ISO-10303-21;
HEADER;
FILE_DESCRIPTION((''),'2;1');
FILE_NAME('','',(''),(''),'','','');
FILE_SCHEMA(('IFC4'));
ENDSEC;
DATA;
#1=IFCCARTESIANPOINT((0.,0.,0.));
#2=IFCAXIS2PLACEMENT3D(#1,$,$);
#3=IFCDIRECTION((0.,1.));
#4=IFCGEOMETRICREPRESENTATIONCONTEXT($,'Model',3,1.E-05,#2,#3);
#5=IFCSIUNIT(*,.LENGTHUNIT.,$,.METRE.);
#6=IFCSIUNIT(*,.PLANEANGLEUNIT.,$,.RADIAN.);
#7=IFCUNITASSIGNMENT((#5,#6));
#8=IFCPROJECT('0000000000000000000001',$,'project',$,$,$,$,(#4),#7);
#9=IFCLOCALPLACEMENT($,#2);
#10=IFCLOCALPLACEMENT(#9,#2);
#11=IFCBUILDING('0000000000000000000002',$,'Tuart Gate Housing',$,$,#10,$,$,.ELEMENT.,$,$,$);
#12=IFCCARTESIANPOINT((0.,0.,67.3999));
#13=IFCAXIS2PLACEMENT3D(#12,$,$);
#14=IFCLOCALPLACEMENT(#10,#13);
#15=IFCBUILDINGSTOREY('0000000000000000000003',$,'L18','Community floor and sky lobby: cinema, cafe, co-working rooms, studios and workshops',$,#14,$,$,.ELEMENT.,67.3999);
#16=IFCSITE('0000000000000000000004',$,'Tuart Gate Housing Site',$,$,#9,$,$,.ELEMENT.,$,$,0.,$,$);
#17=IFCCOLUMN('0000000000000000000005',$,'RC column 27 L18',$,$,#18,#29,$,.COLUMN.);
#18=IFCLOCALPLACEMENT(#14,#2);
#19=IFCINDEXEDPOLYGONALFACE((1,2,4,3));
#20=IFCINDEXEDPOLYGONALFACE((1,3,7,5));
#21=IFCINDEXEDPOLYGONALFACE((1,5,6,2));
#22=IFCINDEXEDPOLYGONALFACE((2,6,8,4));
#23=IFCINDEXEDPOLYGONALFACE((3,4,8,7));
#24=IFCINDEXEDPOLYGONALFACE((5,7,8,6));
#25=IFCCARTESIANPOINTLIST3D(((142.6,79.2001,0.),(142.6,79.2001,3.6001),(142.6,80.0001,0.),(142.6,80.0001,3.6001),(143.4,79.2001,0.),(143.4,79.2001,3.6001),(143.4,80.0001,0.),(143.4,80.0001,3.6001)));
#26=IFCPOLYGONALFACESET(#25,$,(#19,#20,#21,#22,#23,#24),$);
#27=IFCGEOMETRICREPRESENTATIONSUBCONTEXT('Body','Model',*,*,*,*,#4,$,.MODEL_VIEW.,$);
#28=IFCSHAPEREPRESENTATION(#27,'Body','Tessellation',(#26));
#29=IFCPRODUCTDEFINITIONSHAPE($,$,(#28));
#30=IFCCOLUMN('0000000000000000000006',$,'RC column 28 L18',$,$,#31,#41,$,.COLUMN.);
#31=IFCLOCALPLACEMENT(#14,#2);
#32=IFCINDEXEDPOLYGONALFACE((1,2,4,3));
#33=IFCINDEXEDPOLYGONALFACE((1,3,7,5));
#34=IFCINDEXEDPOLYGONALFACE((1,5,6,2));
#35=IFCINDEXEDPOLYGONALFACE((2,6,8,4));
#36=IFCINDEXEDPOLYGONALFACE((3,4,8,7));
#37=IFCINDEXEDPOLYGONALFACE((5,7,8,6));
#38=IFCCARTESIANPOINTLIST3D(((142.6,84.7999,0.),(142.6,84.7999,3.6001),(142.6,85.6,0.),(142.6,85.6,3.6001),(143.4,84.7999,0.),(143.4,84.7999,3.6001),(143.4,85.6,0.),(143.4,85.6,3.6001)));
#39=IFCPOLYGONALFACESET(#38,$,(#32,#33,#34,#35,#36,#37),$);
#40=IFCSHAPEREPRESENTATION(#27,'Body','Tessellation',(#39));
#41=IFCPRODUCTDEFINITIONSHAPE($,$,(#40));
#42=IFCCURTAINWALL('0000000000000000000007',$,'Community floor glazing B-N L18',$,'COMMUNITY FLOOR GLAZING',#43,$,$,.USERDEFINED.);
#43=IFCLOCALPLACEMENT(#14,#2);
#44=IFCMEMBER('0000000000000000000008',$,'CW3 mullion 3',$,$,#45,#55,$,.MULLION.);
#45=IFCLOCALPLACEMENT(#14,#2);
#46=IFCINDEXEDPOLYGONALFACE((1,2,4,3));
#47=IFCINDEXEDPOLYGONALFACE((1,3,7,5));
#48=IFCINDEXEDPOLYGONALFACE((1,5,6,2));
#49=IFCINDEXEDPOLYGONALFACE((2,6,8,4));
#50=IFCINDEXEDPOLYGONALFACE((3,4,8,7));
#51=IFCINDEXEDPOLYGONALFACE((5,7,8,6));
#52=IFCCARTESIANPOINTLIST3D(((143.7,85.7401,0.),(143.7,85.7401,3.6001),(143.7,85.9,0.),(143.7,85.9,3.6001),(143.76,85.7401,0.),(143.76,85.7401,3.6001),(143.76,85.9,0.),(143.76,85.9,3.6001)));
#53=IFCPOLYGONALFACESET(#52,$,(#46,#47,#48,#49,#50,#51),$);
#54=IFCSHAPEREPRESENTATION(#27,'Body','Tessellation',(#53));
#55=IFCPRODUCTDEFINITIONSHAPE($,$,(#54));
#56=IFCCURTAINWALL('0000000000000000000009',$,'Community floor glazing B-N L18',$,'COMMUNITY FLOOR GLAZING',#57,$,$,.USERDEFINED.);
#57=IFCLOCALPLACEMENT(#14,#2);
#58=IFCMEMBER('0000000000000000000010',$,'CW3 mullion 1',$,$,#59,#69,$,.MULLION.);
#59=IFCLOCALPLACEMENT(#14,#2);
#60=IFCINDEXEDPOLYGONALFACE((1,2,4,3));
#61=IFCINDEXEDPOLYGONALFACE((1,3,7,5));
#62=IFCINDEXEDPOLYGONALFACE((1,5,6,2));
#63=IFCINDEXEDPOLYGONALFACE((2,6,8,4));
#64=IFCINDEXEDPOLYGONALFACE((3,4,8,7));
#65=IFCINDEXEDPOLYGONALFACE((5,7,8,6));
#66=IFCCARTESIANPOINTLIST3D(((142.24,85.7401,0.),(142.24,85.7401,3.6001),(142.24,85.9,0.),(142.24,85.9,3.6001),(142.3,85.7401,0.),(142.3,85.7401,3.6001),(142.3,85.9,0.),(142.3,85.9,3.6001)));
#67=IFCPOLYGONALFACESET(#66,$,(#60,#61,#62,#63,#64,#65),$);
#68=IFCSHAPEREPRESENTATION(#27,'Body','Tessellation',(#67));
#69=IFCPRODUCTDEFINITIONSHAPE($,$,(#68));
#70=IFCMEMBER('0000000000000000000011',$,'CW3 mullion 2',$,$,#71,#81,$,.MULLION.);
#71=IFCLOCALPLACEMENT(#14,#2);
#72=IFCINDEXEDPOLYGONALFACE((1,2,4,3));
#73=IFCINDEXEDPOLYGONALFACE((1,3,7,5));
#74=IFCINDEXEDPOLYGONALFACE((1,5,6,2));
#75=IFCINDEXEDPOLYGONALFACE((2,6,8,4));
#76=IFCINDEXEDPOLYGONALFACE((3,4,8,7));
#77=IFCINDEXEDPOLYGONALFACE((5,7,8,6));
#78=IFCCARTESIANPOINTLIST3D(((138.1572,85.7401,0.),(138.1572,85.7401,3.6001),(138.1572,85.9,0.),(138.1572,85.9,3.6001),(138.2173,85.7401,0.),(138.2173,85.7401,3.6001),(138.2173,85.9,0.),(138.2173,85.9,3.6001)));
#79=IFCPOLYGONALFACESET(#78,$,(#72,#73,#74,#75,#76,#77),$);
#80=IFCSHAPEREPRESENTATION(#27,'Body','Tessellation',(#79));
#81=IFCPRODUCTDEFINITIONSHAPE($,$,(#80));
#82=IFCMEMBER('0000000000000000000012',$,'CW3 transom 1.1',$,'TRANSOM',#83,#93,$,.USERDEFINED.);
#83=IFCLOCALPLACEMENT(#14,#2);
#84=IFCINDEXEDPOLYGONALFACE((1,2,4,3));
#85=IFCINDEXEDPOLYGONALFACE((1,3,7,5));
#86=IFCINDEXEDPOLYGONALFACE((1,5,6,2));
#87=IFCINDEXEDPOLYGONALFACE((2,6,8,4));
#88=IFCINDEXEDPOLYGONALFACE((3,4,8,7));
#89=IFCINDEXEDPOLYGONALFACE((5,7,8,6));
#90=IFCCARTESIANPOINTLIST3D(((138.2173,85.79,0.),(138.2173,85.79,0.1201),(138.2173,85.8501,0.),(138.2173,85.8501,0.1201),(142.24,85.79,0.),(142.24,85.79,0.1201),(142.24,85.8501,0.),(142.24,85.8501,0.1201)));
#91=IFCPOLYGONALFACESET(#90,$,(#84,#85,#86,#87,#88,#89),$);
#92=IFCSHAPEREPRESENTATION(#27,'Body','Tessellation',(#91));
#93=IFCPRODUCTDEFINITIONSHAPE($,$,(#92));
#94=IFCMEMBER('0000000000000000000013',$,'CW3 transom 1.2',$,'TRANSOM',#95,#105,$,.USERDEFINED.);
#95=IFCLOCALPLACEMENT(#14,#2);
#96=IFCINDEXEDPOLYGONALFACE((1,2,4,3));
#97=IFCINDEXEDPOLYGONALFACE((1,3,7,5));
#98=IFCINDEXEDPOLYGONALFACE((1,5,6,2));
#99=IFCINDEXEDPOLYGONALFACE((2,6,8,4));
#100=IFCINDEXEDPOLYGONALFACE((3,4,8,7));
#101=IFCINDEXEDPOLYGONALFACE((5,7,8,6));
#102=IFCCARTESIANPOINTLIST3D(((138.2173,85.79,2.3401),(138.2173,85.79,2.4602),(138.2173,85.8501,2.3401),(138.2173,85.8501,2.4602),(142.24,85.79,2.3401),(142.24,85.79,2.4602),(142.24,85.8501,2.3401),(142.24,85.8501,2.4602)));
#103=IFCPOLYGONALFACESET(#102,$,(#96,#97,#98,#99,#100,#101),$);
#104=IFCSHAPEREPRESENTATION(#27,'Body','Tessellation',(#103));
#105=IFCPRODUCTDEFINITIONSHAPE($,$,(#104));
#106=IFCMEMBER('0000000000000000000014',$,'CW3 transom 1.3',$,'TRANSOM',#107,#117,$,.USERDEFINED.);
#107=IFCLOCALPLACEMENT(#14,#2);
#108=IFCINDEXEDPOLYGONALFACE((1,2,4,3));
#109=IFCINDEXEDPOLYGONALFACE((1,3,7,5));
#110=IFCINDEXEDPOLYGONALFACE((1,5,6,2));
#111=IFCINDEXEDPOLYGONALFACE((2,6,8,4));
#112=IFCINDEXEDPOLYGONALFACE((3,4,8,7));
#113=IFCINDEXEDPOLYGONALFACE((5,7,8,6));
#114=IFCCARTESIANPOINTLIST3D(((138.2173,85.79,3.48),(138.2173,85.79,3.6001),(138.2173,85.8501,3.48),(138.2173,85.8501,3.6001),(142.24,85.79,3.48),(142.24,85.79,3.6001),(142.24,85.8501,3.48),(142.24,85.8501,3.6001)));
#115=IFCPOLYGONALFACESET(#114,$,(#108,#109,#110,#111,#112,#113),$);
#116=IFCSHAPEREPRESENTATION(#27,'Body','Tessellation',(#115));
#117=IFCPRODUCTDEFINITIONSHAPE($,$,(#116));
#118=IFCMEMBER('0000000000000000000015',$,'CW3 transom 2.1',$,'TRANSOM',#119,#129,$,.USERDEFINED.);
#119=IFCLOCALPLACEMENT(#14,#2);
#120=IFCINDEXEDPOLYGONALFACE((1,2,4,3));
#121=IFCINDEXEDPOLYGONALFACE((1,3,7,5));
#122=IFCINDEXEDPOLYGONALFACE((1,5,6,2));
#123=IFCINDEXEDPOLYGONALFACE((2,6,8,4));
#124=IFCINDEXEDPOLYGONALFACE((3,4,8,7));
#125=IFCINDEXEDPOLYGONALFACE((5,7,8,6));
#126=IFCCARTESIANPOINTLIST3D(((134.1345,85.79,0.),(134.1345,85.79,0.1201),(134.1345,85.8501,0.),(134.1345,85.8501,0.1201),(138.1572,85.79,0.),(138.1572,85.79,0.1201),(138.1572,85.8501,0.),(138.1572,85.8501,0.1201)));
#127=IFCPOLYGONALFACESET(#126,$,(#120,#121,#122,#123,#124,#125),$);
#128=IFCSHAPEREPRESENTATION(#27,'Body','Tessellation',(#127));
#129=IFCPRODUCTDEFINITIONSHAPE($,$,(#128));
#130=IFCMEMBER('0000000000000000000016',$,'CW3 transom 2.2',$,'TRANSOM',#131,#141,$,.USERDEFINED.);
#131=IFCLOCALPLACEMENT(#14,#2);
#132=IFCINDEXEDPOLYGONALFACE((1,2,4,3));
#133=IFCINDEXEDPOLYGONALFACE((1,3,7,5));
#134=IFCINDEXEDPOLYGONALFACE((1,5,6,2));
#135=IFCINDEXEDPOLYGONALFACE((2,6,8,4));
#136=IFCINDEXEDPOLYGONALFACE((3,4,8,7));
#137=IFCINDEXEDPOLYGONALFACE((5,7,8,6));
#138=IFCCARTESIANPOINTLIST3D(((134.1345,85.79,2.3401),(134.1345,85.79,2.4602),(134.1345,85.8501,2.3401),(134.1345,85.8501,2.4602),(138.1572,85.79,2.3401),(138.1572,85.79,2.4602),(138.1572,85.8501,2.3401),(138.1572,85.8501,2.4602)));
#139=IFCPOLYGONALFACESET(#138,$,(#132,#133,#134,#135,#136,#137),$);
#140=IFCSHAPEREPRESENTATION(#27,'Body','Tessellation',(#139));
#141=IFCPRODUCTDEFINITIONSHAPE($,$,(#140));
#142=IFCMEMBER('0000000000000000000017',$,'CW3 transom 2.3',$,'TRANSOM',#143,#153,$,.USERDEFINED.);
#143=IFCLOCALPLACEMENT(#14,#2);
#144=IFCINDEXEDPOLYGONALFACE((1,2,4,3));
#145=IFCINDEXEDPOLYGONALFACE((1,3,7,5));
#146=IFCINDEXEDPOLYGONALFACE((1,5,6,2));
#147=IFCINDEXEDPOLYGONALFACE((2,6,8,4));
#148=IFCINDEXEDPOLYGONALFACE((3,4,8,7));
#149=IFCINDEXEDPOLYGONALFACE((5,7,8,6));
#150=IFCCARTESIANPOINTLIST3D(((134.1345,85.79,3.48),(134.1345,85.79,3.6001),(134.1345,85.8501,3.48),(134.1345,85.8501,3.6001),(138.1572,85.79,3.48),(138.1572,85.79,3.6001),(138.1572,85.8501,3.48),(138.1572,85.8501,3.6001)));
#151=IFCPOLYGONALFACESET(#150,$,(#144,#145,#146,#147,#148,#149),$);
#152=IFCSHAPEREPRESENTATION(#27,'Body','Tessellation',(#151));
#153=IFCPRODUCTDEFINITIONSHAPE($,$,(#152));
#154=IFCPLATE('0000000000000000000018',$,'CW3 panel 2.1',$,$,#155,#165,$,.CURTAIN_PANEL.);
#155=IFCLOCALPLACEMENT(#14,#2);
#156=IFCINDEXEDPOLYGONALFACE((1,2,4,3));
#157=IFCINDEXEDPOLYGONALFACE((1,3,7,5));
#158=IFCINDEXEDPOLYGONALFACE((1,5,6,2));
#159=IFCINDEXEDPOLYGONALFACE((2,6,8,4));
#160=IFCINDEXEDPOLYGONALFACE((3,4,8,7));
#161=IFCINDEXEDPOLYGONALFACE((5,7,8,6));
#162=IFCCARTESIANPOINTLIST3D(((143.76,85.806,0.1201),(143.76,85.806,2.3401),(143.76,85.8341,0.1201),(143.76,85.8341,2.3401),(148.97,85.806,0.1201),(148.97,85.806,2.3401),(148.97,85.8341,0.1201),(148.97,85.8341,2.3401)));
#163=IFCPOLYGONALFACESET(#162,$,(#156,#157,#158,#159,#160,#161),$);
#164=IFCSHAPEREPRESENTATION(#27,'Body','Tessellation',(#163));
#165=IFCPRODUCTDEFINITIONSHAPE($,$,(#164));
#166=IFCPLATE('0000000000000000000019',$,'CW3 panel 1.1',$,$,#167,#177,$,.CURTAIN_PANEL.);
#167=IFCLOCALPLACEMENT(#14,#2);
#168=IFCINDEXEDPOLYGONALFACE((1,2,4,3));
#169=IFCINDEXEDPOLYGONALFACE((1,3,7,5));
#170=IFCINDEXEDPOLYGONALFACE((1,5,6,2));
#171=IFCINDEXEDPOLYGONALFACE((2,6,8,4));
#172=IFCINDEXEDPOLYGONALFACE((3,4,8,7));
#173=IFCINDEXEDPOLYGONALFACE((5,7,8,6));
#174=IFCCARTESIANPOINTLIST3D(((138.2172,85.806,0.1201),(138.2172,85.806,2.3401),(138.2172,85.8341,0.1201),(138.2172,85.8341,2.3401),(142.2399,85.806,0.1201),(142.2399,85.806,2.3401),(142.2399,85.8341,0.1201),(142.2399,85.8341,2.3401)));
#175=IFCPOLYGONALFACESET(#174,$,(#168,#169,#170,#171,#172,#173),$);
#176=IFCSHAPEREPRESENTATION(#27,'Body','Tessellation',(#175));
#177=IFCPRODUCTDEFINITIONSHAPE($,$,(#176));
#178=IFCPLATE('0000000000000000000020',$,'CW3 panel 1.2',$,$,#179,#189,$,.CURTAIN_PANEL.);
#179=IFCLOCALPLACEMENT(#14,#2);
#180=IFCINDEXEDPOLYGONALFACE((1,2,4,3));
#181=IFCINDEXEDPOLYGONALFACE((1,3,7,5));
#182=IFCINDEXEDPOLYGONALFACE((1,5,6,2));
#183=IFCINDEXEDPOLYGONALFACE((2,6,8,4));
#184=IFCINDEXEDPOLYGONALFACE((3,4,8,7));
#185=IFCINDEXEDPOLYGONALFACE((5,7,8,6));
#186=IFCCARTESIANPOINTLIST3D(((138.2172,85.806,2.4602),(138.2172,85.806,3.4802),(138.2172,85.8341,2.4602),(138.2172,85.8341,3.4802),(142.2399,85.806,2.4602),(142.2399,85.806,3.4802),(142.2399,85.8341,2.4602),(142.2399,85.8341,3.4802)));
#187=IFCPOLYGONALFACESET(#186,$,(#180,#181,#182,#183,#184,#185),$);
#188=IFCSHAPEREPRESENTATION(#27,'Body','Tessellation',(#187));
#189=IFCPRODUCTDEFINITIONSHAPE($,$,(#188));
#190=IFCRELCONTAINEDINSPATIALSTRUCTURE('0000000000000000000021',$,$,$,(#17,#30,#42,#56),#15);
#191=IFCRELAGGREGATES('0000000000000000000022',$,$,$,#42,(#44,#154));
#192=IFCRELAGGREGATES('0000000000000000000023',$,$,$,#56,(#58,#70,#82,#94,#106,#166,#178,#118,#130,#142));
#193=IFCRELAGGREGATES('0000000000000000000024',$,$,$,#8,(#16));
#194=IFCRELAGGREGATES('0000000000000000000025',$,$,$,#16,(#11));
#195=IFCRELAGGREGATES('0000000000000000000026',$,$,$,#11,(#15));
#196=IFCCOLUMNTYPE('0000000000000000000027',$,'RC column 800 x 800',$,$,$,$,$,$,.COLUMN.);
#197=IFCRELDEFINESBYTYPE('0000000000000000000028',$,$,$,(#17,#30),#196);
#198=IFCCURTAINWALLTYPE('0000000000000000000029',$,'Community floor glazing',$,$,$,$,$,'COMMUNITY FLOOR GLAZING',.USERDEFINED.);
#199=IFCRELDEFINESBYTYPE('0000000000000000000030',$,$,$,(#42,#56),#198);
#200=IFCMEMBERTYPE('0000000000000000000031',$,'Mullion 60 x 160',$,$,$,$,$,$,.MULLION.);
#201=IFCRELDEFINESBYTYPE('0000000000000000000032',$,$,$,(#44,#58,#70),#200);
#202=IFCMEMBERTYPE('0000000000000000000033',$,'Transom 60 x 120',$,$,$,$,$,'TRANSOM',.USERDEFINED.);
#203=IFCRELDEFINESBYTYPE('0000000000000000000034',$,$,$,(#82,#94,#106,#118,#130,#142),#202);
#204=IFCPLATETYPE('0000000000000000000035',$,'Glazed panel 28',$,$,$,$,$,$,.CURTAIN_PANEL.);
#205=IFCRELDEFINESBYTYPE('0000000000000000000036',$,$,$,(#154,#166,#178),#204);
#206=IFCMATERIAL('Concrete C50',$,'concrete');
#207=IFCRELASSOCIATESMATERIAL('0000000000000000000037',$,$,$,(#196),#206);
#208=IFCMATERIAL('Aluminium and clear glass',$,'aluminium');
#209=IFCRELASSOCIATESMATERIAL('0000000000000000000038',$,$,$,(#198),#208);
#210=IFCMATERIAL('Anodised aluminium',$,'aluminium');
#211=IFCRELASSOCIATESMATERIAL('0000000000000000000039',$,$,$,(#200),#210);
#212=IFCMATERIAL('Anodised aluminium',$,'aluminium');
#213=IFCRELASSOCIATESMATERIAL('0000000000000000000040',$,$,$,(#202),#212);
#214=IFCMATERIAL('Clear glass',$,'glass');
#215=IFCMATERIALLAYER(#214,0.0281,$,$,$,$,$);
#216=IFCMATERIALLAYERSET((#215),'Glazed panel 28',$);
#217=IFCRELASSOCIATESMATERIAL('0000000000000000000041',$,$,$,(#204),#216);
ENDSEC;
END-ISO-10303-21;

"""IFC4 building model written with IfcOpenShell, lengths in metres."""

from ifc_helpers import new_model, si_unit, direction, frame, origin, origin_2d, place, context, subcontext, project, spatial, rectangle, extrude, material, layer, layer_set, material_profile, profile_set, type_object, element, aggregate, save


model = new_model("IFC4")

# Units and contexts
model_context = context("Model", 3, precision=1e-05, world=origin(), true_north=direction((0.0, 1.0)))
body_context = subcontext(model_context, "Body", "Model", "MODEL_VIEW")
ifc_project = project(units=[si_unit("LENGTHUNIT", "METRE"), si_unit("PLANEANGLEUNIT", "RADIAN")], contexts=[model_context])

# Site, building, storey
site_placement = place(None, origin())
site = spatial("IfcSite", under=ifc_project, at=site_placement, Name="Tuart Gate Housing Site", CompositionType="ELEMENT", RefElevation=0.0)
building_placement = place(site_placement, origin())
building = spatial("IfcBuilding", under=site, at=building_placement, Name="Tuart Gate Housing", CompositionType="ELEMENT")
storey_placement = place(building_placement, frame((0.0, 0.0, 67.3999)))
storey = spatial("IfcBuildingStorey", under=building, at=storey_placement, Name="L18", Description="Community floor and sky lobby: cinema, cafe, co-working rooms, studios and workshops", CompositionType="ELEMENT", Elevation=67.3999)

# Columns
ifc_material_1 = material(Name="Concrete C50", Category="concrete")
ifc_material_profile_1 = material_profile(ifc_material_1, rectangle(XDim=0.8, YDim=0.8, at=origin_2d()), Name="RC column 800 x 800")
ifc_profile_set_1 = profile_set([ifc_material_profile_1], Name="Concrete C50")
column_type = type_object("IfcColumnType", Name="RC column 800 x 800", PredefinedType="COLUMN", material=ifc_profile_set_1)
for number, where, z_axis, x_axis, name in (
    (1, (143.0, 79.6001, 0.0), (0.0, 0.0, 1.0), (1.0, 0.0, 0.0), "RC column 27 L18"),
    (2, (143.0, 85.2, 0.0), (0.0, 0.0, 1.0), (1.0, 0.0, 0.0), "RC column 28 L18"),
):
    element("IfcColumn", number, at=place(storey_placement, frame(where, z_axis=z_axis, x_axis=x_axis)), inside=storey, type_object=column_type, Name=name, PredefinedType="COLUMN", context=body_context, shape_type="SweptSolid", body=[
        extrude(rectangle(XDim=0.8, YDim=0.8, at=origin_2d()), origin(), (0.0, 0.0, 1.0), 3.6001),
    ])

# Curtain wall, member
ifc_material_2 = material(Name="Aluminium and clear glass", Category="aluminium")
curtain_wall_type = type_object("IfcCurtainWallType", Name="Community floor glazing", ElementType="COMMUNITY FLOOR GLAZING", PredefinedType="USERDEFINED", material=ifc_material_2)
curtain_wall_1_placement = place(storey_placement, origin())
curtain_wall_1 = element("IfcCurtainWall", 3, at=curtain_wall_1_placement, inside=storey, type_object=curtain_wall_type, Name="Community floor glazing B-N L18", ObjectType="COMMUNITY FLOOR GLAZING", PredefinedType="USERDEFINED")
ifc_material_3 = material(Name="Anodised aluminium", Category="aluminium")
ifc_material_profile_2 = material_profile(ifc_material_3, rectangle(XDim=0.0601, YDim=0.1599, at=origin_2d()), Name="60x160")
ifc_profile_set_2 = profile_set([ifc_material_profile_2], Name="Anodised aluminium")
member_type_1 = type_object("IfcMemberType", Name="Mullion 60 x 160", PredefinedType="MULLION", material=ifc_profile_set_2)
member_1_placement = place(storey_placement, frame((143.73, 85.8201, 0.0), z_axis=(0.0, 0.0, 1.0), x_axis=(-1.0, 0.0, 0.0)))
member_1 = element("IfcMember", 4, at=member_1_placement, type_object=member_type_1, Name="CW3 mullion 3", PredefinedType="MULLION", context=body_context, shape_type="SweptSolid", body=[
    extrude(rectangle(XDim=0.0601, YDim=0.1599, at=origin_2d()), origin(), (0.0, 0.0, 1.0), 3.6001),
])

# Curtain wall, members
curtain_wall_2_placement = place(storey_placement, origin())
curtain_wall_2 = element("IfcCurtainWall", 5, at=curtain_wall_2_placement, inside=storey, type_object=curtain_wall_type, Name="Community floor glazing B-N L18", ObjectType="COMMUNITY FLOOR GLAZING", PredefinedType="USERDEFINED")
member_2_placement = place(storey_placement, frame((142.27, 85.8201, 0.0), z_axis=(0.0, 0.0, 1.0), x_axis=(-1.0, 0.0, 0.0)))
member_2 = element("IfcMember", 6, at=member_2_placement, type_object=member_type_1, Name="CW3 mullion 1", PredefinedType="MULLION", context=body_context, shape_type="SweptSolid", body=[
    extrude(rectangle(XDim=0.0601, YDim=0.1599, at=origin_2d()), origin(), (0.0, 0.0, 1.0), 3.6001),
])
member_3_placement = place(storey_placement, frame((138.1873, 85.8201, 0.0), z_axis=(0.0, 0.0, 1.0), x_axis=(-1.0, 0.0, 0.0)))
member_3 = element("IfcMember", 7, at=member_3_placement, type_object=member_type_1, Name="CW3 mullion 2", PredefinedType="MULLION", context=body_context, shape_type="SweptSolid", body=[
    extrude(rectangle(XDim=0.0601, YDim=0.1599, at=origin_2d()), origin(), (0.0, 0.0, 1.0), 3.6001),
])
ifc_material_4 = material(Name="Anodised aluminium", Category="aluminium")
ifc_material_profile_3 = material_profile(ifc_material_4, rectangle(XDim=0.0601, YDim=0.1201, at=origin_2d()), Name="60x120")
ifc_profile_set_3 = profile_set([ifc_material_profile_3], Name="Anodised aluminium")
member_type_2 = type_object("IfcMemberType", Name="Transom 60 x 120", ElementType="TRANSOM", PredefinedType="USERDEFINED", material=ifc_profile_set_3)
member_4_placement = place(storey_placement, frame((142.24, 85.8201, 0.0601), z_axis=(-1.0, 0.0, 0.0), x_axis=(0.0, -1.0, 0.0)))
member_4 = element("IfcMember", 8, at=member_4_placement, type_object=member_type_2, Name="CW3 transom 1.1", ObjectType="TRANSOM", PredefinedType="USERDEFINED", context=body_context, shape_type="SweptSolid", body=[
    extrude(rectangle(XDim=0.0601, YDim=0.1201, at=origin_2d()), origin(), (0.0, 0.0, 1.0), 4.0227),
])
member_5_placement = place(storey_placement, frame((142.24, 85.8201, 2.4001), z_axis=(-1.0, 0.0, 0.0), x_axis=(0.0, -1.0, 0.0)))
member_5 = element("IfcMember", 9, at=member_5_placement, type_object=member_type_2, Name="CW3 transom 1.2", ObjectType="TRANSOM", PredefinedType="USERDEFINED", context=body_context, shape_type="SweptSolid", body=[
    extrude(rectangle(XDim=0.0601, YDim=0.1201, at=origin_2d()), origin(), (0.0, 0.0, 1.0), 4.0227),
])
member_6_placement = place(storey_placement, frame((142.24, 85.8201, 3.54), z_axis=(-1.0, 0.0, 0.0), x_axis=(0.0, -1.0, 0.0)))
member_6 = element("IfcMember", 10, at=member_6_placement, type_object=member_type_2, Name="CW3 transom 1.3", ObjectType="TRANSOM", PredefinedType="USERDEFINED", context=body_context, shape_type="SweptSolid", body=[
    extrude(rectangle(XDim=0.0601, YDim=0.1201, at=origin_2d()), origin(), (0.0, 0.0, 1.0), 4.0227),
])
member_7_placement = place(storey_placement, frame((138.1572, 85.8201, 0.0601), z_axis=(-1.0, 0.0, 0.0), x_axis=(0.0, -1.0, 0.0)))
member_7 = element("IfcMember", 11, at=member_7_placement, type_object=member_type_2, Name="CW3 transom 2.1", ObjectType="TRANSOM", PredefinedType="USERDEFINED", context=body_context, shape_type="SweptSolid", body=[
    extrude(rectangle(XDim=0.0601, YDim=0.1201, at=origin_2d()), origin(), (0.0, 0.0, 1.0), 4.0227),
])
member_8_placement = place(storey_placement, frame((138.1572, 85.8201, 2.4001), z_axis=(-1.0, 0.0, 0.0), x_axis=(0.0, -1.0, 0.0)))
member_8 = element("IfcMember", 12, at=member_8_placement, type_object=member_type_2, Name="CW3 transom 2.2", ObjectType="TRANSOM", PredefinedType="USERDEFINED", context=body_context, shape_type="SweptSolid", body=[
    extrude(rectangle(XDim=0.0601, YDim=0.1201, at=origin_2d()), origin(), (0.0, 0.0, 1.0), 4.0227),
])
member_9_placement = place(storey_placement, frame((138.1572, 85.8201, 3.54), z_axis=(-1.0, 0.0, 0.0), x_axis=(0.0, -1.0, 0.0)))
member_9 = element("IfcMember", 13, at=member_9_placement, type_object=member_type_2, Name="CW3 transom 2.3", ObjectType="TRANSOM", PredefinedType="USERDEFINED", context=body_context, shape_type="SweptSolid", body=[
    extrude(rectangle(XDim=0.0601, YDim=0.1201, at=origin_2d()), origin(), (0.0, 0.0, 1.0), 4.0227),
])

# Plates
ifc_material_5 = material(Name="Clear glass", Category="glass")
ifc_layer_1 = layer(ifc_material_5, 0.0281)
ifc_layer_set_1 = layer_set([ifc_layer_1], Name="Glazed panel 28")
plate_type = type_object("IfcPlateType", Name="Glazed panel 28", PredefinedType="CURTAIN_PANEL", material=ifc_layer_set_1)
plate_1_placement = place(storey_placement, frame((146.365, 85.8201, 0.1201), z_axis=(0.0, 0.0, 1.0), x_axis=(-1.0, 0.0, 0.0)))
plate_1 = element("IfcPlate", 14, at=plate_1_placement, type_object=plate_type, Name="CW3 panel 2.1", PredefinedType="CURTAIN_PANEL", context=body_context, shape_type="SweptSolid", body=[
    extrude(rectangle(XDim=5.21, YDim=0.0281, at=origin_2d()), origin(), (0.0, 0.0, 1.0), 2.22),
])
aggregate(curtain_wall_1, [member_1, plate_1])
plate_2_placement = place(storey_placement, frame((140.2285, 85.8201, 0.1201), z_axis=(0.0, 0.0, 1.0), x_axis=(-1.0, 0.0, 0.0)))
plate_2 = element("IfcPlate", 15, at=plate_2_placement, type_object=plate_type, Name="CW3 panel 1.1", PredefinedType="CURTAIN_PANEL", context=body_context, shape_type="SweptSolid", body=[
    extrude(rectangle(XDim=4.0227, YDim=0.0281, at=origin_2d()), origin(), (0.0, 0.0, 1.0), 2.22),
])
plate_3_placement = place(storey_placement, frame((140.2285, 85.8201, 2.4602), z_axis=(0.0, 0.0, 1.0), x_axis=(-1.0, 0.0, 0.0)))
plate_3 = element("IfcPlate", 16, at=plate_3_placement, type_object=plate_type, Name="CW3 panel 1.2", PredefinedType="CURTAIN_PANEL", context=body_context, shape_type="SweptSolid", body=[
    extrude(rectangle(XDim=4.0227, YDim=0.0281, at=origin_2d()), origin(), (0.0, 0.0, 1.0), 1.02),
])
aggregate(curtain_wall_2, [member_2, member_3, member_4, member_5, member_6, plate_2, plate_3, member_7, member_8, member_9])

save(model, "model.ifc")
